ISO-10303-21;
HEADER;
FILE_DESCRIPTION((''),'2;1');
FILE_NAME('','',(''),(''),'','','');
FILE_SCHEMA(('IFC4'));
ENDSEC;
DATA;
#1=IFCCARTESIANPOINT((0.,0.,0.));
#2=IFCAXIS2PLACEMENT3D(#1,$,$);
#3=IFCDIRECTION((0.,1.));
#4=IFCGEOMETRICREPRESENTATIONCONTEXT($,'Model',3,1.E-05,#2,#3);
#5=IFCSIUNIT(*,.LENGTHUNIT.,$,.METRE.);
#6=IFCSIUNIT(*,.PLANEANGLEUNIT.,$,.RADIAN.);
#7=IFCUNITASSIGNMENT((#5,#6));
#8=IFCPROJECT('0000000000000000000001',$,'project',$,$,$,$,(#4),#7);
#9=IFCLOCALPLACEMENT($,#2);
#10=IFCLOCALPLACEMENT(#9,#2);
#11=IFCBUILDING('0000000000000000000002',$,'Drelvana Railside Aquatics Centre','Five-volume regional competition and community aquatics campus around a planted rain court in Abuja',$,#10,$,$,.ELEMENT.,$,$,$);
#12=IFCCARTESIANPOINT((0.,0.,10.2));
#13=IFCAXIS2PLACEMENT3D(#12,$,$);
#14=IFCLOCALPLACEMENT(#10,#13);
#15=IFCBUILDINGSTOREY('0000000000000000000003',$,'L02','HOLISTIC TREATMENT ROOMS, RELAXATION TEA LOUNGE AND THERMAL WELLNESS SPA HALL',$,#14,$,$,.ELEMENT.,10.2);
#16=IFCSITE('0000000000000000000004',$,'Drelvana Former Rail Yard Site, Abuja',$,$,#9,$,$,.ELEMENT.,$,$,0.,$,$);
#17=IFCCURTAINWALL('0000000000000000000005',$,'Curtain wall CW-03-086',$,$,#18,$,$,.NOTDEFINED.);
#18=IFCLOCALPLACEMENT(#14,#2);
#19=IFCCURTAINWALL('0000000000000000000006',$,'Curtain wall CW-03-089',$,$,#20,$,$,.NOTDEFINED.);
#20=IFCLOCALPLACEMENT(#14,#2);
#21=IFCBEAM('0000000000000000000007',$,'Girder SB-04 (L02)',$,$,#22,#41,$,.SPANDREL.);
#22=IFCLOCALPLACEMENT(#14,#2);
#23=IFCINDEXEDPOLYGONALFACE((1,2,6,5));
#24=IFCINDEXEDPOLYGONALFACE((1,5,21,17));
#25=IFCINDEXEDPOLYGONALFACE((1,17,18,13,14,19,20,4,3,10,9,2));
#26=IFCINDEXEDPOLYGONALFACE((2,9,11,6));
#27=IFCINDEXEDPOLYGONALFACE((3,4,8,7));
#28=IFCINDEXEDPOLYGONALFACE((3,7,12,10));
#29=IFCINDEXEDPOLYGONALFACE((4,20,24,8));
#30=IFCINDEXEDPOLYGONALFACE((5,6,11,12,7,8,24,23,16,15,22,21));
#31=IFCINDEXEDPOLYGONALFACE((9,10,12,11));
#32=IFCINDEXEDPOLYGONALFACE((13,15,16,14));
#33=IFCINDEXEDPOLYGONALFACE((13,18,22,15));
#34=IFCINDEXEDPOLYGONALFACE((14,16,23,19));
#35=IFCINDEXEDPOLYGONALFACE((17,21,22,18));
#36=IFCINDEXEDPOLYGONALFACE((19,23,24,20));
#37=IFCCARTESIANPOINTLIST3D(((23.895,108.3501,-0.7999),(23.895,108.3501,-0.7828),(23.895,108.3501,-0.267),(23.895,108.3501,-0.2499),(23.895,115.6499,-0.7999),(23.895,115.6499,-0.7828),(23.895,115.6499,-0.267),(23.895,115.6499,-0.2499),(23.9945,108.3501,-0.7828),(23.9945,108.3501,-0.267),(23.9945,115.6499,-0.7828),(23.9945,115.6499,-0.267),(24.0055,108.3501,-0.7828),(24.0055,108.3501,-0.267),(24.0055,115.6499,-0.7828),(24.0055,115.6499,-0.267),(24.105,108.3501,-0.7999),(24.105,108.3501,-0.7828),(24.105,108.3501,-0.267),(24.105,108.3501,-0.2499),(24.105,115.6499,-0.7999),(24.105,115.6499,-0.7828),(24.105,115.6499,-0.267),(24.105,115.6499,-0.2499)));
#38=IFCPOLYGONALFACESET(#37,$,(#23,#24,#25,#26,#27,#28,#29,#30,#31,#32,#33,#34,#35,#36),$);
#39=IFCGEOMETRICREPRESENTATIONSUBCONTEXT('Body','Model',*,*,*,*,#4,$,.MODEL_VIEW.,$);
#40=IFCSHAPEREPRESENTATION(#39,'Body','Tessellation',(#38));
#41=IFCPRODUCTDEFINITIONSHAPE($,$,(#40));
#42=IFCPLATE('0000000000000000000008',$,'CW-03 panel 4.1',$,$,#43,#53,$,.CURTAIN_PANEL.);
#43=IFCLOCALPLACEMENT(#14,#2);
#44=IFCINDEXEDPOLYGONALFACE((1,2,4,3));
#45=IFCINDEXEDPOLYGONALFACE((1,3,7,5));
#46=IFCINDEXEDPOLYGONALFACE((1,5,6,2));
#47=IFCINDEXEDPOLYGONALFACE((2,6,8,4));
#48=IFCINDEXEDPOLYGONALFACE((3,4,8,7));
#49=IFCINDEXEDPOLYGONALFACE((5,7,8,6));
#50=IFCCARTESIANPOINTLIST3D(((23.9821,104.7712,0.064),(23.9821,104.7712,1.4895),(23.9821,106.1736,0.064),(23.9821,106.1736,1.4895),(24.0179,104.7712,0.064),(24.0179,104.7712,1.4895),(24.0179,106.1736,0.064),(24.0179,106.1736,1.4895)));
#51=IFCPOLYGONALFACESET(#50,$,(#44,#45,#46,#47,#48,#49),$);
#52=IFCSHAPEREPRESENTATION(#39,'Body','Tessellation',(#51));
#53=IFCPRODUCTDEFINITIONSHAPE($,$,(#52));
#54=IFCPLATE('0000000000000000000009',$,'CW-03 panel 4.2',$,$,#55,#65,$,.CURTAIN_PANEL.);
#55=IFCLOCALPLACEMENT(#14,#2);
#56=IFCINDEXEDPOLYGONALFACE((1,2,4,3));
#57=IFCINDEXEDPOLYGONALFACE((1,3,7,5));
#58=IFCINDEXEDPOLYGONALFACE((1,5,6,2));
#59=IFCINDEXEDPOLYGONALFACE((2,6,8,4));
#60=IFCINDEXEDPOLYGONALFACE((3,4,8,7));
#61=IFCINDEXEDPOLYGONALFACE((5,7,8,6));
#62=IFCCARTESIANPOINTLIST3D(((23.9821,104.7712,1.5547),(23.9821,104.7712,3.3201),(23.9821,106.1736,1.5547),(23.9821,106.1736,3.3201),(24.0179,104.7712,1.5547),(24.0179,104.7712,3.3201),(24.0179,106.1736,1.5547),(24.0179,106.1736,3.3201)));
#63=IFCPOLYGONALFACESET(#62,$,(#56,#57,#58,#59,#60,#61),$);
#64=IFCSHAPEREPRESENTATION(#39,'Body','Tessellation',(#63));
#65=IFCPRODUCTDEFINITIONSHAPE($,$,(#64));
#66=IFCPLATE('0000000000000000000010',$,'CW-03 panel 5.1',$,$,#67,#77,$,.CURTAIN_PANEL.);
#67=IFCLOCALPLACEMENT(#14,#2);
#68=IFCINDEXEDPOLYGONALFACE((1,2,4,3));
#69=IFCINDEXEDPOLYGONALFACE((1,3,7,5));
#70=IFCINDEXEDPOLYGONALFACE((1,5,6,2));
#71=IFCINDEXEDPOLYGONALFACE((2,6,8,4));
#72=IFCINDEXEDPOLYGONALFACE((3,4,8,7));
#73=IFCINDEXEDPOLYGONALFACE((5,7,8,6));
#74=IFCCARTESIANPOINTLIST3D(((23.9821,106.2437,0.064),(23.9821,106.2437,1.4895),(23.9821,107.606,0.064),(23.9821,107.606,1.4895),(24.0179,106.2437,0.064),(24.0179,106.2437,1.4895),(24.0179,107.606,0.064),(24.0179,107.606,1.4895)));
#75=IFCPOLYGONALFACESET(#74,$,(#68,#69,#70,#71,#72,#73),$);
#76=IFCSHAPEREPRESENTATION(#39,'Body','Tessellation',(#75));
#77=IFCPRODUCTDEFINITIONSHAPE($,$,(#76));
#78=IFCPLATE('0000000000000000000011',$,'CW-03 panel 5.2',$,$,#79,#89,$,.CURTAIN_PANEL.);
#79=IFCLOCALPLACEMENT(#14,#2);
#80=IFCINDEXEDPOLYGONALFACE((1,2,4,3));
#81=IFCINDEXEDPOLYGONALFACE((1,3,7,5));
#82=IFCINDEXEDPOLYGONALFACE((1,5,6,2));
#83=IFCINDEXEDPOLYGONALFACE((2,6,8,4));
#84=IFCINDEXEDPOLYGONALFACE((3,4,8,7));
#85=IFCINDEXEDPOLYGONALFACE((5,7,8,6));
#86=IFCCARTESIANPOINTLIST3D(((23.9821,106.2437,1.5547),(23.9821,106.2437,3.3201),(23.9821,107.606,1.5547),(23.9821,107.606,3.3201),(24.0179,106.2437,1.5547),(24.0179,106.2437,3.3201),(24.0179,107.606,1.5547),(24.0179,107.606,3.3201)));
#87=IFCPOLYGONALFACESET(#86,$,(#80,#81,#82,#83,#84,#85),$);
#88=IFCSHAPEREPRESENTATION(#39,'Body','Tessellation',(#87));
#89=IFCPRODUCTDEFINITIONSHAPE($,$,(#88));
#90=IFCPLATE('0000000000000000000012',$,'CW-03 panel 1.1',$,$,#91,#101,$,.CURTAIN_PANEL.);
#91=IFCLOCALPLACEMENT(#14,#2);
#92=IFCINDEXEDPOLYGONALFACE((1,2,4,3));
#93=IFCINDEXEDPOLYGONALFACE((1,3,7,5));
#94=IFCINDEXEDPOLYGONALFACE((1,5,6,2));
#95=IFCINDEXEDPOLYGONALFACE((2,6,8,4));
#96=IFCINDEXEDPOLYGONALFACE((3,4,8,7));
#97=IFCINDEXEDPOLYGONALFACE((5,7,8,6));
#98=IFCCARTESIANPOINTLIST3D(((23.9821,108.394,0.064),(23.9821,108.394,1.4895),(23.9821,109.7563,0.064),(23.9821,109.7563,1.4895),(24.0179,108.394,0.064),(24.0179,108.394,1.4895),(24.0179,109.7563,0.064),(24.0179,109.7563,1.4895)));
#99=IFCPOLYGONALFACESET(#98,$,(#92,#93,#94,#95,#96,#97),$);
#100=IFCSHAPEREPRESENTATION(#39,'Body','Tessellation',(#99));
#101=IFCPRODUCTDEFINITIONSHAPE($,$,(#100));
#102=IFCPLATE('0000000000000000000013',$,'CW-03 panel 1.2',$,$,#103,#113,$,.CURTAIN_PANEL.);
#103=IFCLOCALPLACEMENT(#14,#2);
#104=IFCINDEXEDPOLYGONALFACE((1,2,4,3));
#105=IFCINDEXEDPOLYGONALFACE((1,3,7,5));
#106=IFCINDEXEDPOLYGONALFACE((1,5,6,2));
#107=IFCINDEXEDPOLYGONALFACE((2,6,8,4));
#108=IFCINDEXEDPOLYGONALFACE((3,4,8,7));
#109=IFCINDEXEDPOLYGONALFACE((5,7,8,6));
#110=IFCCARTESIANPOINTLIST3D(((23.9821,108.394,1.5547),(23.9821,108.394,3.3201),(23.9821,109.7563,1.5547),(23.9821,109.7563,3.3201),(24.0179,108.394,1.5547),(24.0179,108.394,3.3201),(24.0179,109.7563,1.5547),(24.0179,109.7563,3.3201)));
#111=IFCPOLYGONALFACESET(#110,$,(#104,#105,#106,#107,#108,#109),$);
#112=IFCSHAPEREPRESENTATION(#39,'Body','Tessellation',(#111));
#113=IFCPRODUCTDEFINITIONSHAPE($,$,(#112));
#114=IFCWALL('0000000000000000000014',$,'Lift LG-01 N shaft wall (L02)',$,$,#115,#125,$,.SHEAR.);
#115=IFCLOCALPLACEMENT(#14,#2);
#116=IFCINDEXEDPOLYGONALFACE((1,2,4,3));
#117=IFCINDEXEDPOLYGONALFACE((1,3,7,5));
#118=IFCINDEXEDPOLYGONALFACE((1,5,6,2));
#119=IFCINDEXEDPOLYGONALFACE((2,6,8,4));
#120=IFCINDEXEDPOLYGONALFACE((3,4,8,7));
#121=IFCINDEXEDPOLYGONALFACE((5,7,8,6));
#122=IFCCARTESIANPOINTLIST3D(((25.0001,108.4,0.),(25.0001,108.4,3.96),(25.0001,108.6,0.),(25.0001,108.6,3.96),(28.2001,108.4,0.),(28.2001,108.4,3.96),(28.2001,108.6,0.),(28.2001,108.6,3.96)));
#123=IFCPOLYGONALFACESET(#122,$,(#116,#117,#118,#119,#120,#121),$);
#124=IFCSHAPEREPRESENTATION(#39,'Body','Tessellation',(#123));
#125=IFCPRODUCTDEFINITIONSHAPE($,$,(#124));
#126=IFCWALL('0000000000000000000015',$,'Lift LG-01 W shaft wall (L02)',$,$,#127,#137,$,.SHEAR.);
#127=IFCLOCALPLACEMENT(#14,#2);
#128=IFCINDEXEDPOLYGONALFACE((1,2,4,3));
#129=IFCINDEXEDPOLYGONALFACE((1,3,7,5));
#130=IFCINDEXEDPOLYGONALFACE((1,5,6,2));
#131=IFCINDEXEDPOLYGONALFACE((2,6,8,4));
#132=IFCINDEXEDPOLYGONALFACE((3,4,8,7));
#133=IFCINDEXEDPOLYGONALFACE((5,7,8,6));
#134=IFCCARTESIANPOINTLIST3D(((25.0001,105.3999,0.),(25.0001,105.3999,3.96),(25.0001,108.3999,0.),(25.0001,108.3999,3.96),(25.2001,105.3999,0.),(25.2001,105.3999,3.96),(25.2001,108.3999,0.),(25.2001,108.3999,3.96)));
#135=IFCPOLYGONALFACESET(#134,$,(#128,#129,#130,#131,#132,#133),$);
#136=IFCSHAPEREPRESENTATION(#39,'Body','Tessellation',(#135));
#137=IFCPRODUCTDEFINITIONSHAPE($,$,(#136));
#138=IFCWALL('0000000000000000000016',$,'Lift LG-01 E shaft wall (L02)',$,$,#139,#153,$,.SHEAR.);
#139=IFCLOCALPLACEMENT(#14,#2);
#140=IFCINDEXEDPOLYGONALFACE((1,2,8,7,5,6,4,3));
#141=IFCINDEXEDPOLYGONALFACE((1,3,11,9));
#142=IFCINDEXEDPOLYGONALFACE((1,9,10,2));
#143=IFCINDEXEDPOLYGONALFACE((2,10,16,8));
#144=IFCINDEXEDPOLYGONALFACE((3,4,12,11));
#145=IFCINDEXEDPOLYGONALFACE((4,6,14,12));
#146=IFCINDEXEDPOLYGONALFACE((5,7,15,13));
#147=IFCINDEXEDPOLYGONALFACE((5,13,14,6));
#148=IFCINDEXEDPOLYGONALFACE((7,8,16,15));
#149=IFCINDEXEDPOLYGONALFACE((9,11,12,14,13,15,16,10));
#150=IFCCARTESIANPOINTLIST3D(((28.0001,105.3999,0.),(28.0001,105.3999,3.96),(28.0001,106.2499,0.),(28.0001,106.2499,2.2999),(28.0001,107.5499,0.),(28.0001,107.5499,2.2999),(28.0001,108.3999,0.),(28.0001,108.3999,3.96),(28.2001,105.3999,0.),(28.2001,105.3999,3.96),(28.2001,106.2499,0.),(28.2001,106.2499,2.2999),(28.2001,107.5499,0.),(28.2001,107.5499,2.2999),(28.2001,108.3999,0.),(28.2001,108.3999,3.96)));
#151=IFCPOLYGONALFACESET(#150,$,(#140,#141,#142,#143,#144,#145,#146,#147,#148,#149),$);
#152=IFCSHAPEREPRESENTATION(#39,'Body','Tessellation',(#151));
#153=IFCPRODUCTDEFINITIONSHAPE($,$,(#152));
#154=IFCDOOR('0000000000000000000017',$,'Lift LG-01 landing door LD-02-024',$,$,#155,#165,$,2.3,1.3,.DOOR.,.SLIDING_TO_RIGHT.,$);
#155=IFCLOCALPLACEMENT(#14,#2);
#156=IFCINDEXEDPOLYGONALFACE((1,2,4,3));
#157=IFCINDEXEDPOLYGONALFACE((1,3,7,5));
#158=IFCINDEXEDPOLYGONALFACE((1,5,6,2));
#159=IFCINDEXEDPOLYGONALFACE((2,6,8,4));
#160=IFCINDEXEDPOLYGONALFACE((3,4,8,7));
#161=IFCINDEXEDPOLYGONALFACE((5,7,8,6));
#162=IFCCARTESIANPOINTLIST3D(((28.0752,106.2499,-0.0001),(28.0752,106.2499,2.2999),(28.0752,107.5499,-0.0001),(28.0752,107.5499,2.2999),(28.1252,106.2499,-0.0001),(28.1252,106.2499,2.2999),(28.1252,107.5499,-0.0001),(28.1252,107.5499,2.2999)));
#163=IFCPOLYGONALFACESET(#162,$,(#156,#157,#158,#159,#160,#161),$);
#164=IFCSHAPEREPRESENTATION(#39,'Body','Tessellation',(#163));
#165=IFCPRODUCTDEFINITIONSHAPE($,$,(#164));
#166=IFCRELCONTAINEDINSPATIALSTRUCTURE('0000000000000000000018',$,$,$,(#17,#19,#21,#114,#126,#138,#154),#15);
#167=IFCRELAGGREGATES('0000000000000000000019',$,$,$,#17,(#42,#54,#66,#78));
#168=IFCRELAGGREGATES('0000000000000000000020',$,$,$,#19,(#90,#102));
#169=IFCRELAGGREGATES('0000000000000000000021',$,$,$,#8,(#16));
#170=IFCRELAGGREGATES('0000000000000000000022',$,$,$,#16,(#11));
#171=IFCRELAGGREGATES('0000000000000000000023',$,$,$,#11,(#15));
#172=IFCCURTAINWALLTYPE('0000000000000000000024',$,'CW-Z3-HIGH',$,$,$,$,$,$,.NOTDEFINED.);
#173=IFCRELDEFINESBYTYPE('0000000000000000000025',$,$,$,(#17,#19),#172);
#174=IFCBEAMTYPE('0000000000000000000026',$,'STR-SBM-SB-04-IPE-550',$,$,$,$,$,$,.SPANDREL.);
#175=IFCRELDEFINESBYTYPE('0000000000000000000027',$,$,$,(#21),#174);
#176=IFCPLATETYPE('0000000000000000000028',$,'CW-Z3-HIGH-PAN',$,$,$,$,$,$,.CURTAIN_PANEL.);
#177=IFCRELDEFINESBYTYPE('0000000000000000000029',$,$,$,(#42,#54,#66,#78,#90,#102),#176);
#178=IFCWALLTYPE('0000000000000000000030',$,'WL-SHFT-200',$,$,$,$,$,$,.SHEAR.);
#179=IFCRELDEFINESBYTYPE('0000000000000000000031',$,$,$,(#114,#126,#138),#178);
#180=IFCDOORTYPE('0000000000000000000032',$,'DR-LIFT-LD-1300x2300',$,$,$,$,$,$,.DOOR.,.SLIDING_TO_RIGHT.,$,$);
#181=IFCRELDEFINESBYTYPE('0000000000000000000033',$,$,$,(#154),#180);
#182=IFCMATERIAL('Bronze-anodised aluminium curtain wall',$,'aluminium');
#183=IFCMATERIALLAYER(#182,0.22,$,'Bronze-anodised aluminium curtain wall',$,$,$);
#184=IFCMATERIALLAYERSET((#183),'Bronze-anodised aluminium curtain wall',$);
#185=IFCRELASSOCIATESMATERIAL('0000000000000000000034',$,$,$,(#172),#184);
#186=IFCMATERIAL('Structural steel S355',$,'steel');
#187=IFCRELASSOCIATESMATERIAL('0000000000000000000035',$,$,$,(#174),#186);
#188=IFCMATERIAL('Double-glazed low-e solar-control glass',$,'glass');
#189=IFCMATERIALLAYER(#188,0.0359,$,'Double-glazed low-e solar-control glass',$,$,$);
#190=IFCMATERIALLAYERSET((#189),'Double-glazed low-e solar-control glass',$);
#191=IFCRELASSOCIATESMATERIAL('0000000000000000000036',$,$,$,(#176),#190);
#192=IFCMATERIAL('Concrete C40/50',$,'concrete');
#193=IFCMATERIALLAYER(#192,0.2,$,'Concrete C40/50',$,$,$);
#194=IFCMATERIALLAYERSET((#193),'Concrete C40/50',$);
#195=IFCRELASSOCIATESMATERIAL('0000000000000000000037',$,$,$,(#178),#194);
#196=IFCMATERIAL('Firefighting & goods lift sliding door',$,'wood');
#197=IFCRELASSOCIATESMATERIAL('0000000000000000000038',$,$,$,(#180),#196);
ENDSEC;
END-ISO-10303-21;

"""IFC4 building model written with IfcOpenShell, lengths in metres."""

from ifc_helpers import new_model, si_unit, direction, frame, frame_2d, origin, origin_2d, place, context, subcontext, project, spatial, rectangle, i_section, extrude, material, layer, layer_set, material_profile, profile_set, type_object, element, fill, aggregate, save


model = new_model("IFC4")

# Units and contexts
model_context = context("Model", 3, precision=1e-05, world=origin(), true_north=direction((0.0, 1.0)))
body_context = subcontext(model_context, "Body", "Model", "MODEL_VIEW")
ifc_project = project(units=[si_unit("LENGTHUNIT", "METRE"), si_unit("PLANEANGLEUNIT", "RADIAN")], contexts=[model_context])

# Site, building, storey
site_placement = place(None, origin())
site = spatial("IfcSite", under=ifc_project, at=site_placement, Name="Drelvana Former Rail Yard Site, Abuja", CompositionType="ELEMENT", RefElevation=0.0)
building_placement = place(site_placement, origin())
building = spatial("IfcBuilding", under=site, at=building_placement, Name="Drelvana Railside Aquatics Centre", Description="Five-volume regional competition and community aquatics campus around a planted rain court in Abuja", CompositionType="ELEMENT")
storey_placement = place(building_placement, frame((0.0, 0.0, 10.2)))
storey = spatial("IfcBuildingStorey", under=building, at=storey_placement, Name="L02", Description="HOLISTIC TREATMENT ROOMS, RELAXATION TEA LOUNGE AND THERMAL WELLNESS SPA HALL", CompositionType="ELEMENT", Elevation=10.2)

# Shared definitions
ifc_material_1 = material(Name="Concrete C40/50", Category="concrete")

# Curtain walls
ifc_material_2 = material(Name="Bronze-anodised aluminium curtain wall", Category="aluminium")
ifc_layer_1 = layer(ifc_material_2, 0.22, Name="Bronze-anodised aluminium curtain wall")
ifc_layer_set_1 = layer_set([ifc_layer_1], Name="Bronze-anodised aluminium curtain wall")
curtain_wall_type = type_object("IfcCurtainWallType", Name="CW-Z3-HIGH", PredefinedType="NOTDEFINED", material=ifc_layer_set_1)
curtain_wall_1_placement = place(storey_placement, origin())
curtain_wall_1 = element("IfcCurtainWall", 1, at=curtain_wall_1_placement, inside=storey, type_object=curtain_wall_type, Name="Curtain wall CW-03-086", PredefinedType="NOTDEFINED")
curtain_wall_2_placement = place(storey_placement, origin())
curtain_wall_2 = element("IfcCurtainWall", 2, at=curtain_wall_2_placement, inside=storey, type_object=curtain_wall_type, Name="Curtain wall CW-03-089", PredefinedType="NOTDEFINED")

# Beam
ifc_material_3 = material(Name="Structural steel S355", Category="steel")
ifc_material_profile_1 = material_profile(ifc_material_3, i_section(OverallWidth=0.21, OverallDepth=0.55, WebThickness=0.011, FlangeThickness=0.0171, at=origin_2d()), Name="IPE 550")
ifc_profile_set_1 = profile_set([ifc_material_profile_1], Name="Structural steel S355")
beam_type_1 = type_object("IfcBeamType", Name="STR-SBM-SB-04-IPE-550", PredefinedType="SPANDREL", material=ifc_profile_set_1)
beam_1_placement = place(storey_placement, frame((24.0, 108.3501, -0.5249), z_axis=(0.0, 1.0, 0.0), x_axis=(-1.0, 0.0, 0.0)))
element("IfcBeam", 3, at=beam_1_placement, inside=storey, type_object=beam_type_1, Name="Girder SB-04 (L02)", PredefinedType="SPANDREL", context=body_context, shape_type="SweptSolid", body=[
    extrude(i_section(OverallWidth=0.21, OverallDepth=0.55, WebThickness=0.011, FlangeThickness=0.0171, at=origin_2d()), origin(), (0.0, 0.0, 1.0), 7.2998),
])

# Plates
ifc_material_4 = material(Name="Double-glazed low-e solar-control glass", Category="glass")
ifc_layer_2 = layer(ifc_material_4, 0.0359, Name="Double-glazed low-e solar-control glass")
ifc_layer_set_2 = layer_set([ifc_layer_2], Name="Double-glazed low-e solar-control glass")
plate_type = type_object("IfcPlateType", Name="CW-Z3-HIGH-PAN", PredefinedType="CURTAIN_PANEL", material=ifc_layer_set_2)
plate_1_placement = place(storey_placement, frame((24.0, 105.4724, 0.064), z_axis=(0.0, 0.0, 1.0), x_axis=(0.0, 1.0, 0.0)))
plate_1 = element("IfcPlate", 4, at=plate_1_placement, type_object=plate_type, Name="CW-03 panel 4.1", PredefinedType="CURTAIN_PANEL", context=body_context, shape_type="SweptSolid", body=[
    extrude(rectangle(XDim=1.4023, YDim=0.0359, at=origin_2d()), origin(), (0.0, 0.0, 1.0), 1.4255),
])
plate_2_placement = place(storey_placement, frame((24.0, 105.4724, 1.5547), z_axis=(0.0, 0.0, 1.0), x_axis=(0.0, 1.0, 0.0)))
plate_2 = element("IfcPlate", 5, at=plate_2_placement, type_object=plate_type, Name="CW-03 panel 4.2", PredefinedType="CURTAIN_PANEL", context=body_context, shape_type="SweptSolid", body=[
    extrude(rectangle(XDim=1.4023, YDim=0.0359, at=origin_2d()), origin(), (0.0, 0.0, 1.0), 1.7654),
])
plate_3_placement = place(storey_placement, frame((24.0, 106.9248, 0.064), z_axis=(0.0, 0.0, 1.0), x_axis=(0.0, 1.0, 0.0)))
plate_3 = element("IfcPlate", 6, at=plate_3_placement, type_object=plate_type, Name="CW-03 panel 5.1", PredefinedType="CURTAIN_PANEL", context=body_context, shape_type="SweptSolid", body=[
    extrude(rectangle(XDim=1.3623, YDim=0.0359, at=origin_2d()), origin(), (0.0, 0.0, 1.0), 1.4255),
])
plate_4_placement = place(storey_placement, frame((24.0, 106.9248, 1.5547), z_axis=(0.0, 0.0, 1.0), x_axis=(0.0, 1.0, 0.0)))
plate_4 = element("IfcPlate", 7, at=plate_4_placement, type_object=plate_type, Name="CW-03 panel 5.2", PredefinedType="CURTAIN_PANEL", context=body_context, shape_type="SweptSolid", body=[
    extrude(rectangle(XDim=1.3623, YDim=0.0359, at=origin_2d()), origin(), (0.0, 0.0, 1.0), 1.7654),
])
aggregate(curtain_wall_1, [plate_1, plate_2, plate_3, plate_4])
plate_5_placement = place(storey_placement, frame((24.0, 109.0752, 0.064), z_axis=(0.0, 0.0, 1.0), x_axis=(0.0, 1.0, 0.0)))
plate_5 = element("IfcPlate", 8, at=plate_5_placement, type_object=plate_type, Name="CW-03 panel 1.1", PredefinedType="CURTAIN_PANEL", context=body_context, shape_type="SweptSolid", body=[
    extrude(rectangle(XDim=1.3623, YDim=0.0359, at=origin_2d()), origin(), (0.0, 0.0, 1.0), 1.4255),
])
plate_6_placement = place(storey_placement, frame((24.0, 109.0752, 1.5547), z_axis=(0.0, 0.0, 1.0), x_axis=(0.0, 1.0, 0.0)))
plate_6 = element("IfcPlate", 9, at=plate_6_placement, type_object=plate_type, Name="CW-03 panel 1.2", PredefinedType="CURTAIN_PANEL", context=body_context, shape_type="SweptSolid", body=[
    extrude(rectangle(XDim=1.3623, YDim=0.0359, at=origin_2d()), origin(), (0.0, 0.0, 1.0), 1.7654),
])
aggregate(curtain_wall_2, [plate_5, plate_6])

# Walls
ifc_layer_3 = layer(ifc_material_1, 0.2, Name="Concrete C40/50")
ifc_layer_set_3 = layer_set([ifc_layer_3], Name="Concrete C40/50")
wall_type = type_object("IfcWallType", Name="WL-SHFT-200", PredefinedType="SHEAR", material=ifc_layer_set_3)
wall_1_placement = place(storey_placement, frame((25.0, 108.5, 0.0), z_axis=(0.0, 0.0, 1.0), x_axis=(1.0, 0.0, 0.0)))
element("IfcWall", 10, at=wall_1_placement, inside=storey, type_object=wall_type, Name="Lift LG-01 N shaft wall (L02)", PredefinedType="SHEAR", context=body_context, shape_type="SweptSolid", body=[
    extrude(rectangle(XDim=3.2, YDim=0.2, at=frame_2d((1.6001, 0.0))), origin(), (0.0, 0.0, 1.0), 3.96),
])
wall_2_placement = place(storey_placement, frame((25.1001, 105.3999, 0.0), z_axis=(0.0, 0.0, 1.0), x_axis=(0.0, 1.0, 0.0)))
element("IfcWall", 11, at=wall_2_placement, inside=storey, type_object=wall_type, Name="Lift LG-01 W shaft wall (L02)", PredefinedType="SHEAR", context=body_context, shape_type="SweptSolid", body=[
    extrude(rectangle(XDim=3.0, YDim=0.2, at=frame_2d((1.5, 0.0))), origin(), (0.0, 0.0, 1.0), 3.96),
])

# Wall, opening, door
wall_3_placement = place(storey_placement, frame((28.1001, 105.3999, 0.0), z_axis=(0.0, 0.0, 1.0), x_axis=(0.0, 1.0, 0.0)))
wall_3 = element("IfcWall", 12, at=wall_3_placement, inside=storey, type_object=wall_type, Name="Lift LG-01 E shaft wall (L02)", PredefinedType="SHEAR", context=body_context, shape_type="SweptSolid", body=[
    extrude(rectangle(XDim=3.0, YDim=0.2, at=frame_2d((1.5, 0.0))), origin(), (0.0, 0.0, 1.0), 3.96),
])
opening_placement = place(wall_3_placement, frame((0.8501, 0.0, 0.0)))
opening = element("IfcOpeningElement", 13, at=opening_placement, cuts=wall_3, PredefinedType="OPENING", context=body_context, shape_type="SweptSolid", body=[
    extrude(rectangle(XDim=1.3, YDim=2.3, at=frame_2d((0.6499, 1.1499))), frame((0.0, 0.1099, 0.0), z_axis=(0.0, -1.0, 0.0), x_axis=(1.0, 0.0, 0.0)), (0.0, 0.0, 1.0), 0.22),
])
ifc_material_5 = material(Name="Firefighting & goods lift sliding door", Category="wood")
door_type = type_object("IfcDoorType", Name="DR-LIFT-LD-1300x2300", OperationType="SLIDING_TO_RIGHT", PredefinedType="DOOR", material=ifc_material_5)
door_placement = place(opening_placement, origin())
door = element("IfcDoor", 14, at=door_placement, inside=storey, type_object=door_type, Name="Lift LG-01 landing door LD-02-024", OperationType="SLIDING_TO_RIGHT", OverallHeight=2.3, OverallWidth=1.3, PredefinedType="DOOR", context=body_context, shape_type="SweptSolid", body=[
    extrude(rectangle(XDim=1.3, YDim=2.3, at=frame_2d((0.6499, 1.1499))), frame((0.0, 0.0249, 0.0), z_axis=(0.0, -1.0, 0.0), x_axis=(1.0, 0.0, 0.0)), (0.0, 0.0, 1.0), 0.05),
])
fill(opening, door)

save(model, "model.ifc")
